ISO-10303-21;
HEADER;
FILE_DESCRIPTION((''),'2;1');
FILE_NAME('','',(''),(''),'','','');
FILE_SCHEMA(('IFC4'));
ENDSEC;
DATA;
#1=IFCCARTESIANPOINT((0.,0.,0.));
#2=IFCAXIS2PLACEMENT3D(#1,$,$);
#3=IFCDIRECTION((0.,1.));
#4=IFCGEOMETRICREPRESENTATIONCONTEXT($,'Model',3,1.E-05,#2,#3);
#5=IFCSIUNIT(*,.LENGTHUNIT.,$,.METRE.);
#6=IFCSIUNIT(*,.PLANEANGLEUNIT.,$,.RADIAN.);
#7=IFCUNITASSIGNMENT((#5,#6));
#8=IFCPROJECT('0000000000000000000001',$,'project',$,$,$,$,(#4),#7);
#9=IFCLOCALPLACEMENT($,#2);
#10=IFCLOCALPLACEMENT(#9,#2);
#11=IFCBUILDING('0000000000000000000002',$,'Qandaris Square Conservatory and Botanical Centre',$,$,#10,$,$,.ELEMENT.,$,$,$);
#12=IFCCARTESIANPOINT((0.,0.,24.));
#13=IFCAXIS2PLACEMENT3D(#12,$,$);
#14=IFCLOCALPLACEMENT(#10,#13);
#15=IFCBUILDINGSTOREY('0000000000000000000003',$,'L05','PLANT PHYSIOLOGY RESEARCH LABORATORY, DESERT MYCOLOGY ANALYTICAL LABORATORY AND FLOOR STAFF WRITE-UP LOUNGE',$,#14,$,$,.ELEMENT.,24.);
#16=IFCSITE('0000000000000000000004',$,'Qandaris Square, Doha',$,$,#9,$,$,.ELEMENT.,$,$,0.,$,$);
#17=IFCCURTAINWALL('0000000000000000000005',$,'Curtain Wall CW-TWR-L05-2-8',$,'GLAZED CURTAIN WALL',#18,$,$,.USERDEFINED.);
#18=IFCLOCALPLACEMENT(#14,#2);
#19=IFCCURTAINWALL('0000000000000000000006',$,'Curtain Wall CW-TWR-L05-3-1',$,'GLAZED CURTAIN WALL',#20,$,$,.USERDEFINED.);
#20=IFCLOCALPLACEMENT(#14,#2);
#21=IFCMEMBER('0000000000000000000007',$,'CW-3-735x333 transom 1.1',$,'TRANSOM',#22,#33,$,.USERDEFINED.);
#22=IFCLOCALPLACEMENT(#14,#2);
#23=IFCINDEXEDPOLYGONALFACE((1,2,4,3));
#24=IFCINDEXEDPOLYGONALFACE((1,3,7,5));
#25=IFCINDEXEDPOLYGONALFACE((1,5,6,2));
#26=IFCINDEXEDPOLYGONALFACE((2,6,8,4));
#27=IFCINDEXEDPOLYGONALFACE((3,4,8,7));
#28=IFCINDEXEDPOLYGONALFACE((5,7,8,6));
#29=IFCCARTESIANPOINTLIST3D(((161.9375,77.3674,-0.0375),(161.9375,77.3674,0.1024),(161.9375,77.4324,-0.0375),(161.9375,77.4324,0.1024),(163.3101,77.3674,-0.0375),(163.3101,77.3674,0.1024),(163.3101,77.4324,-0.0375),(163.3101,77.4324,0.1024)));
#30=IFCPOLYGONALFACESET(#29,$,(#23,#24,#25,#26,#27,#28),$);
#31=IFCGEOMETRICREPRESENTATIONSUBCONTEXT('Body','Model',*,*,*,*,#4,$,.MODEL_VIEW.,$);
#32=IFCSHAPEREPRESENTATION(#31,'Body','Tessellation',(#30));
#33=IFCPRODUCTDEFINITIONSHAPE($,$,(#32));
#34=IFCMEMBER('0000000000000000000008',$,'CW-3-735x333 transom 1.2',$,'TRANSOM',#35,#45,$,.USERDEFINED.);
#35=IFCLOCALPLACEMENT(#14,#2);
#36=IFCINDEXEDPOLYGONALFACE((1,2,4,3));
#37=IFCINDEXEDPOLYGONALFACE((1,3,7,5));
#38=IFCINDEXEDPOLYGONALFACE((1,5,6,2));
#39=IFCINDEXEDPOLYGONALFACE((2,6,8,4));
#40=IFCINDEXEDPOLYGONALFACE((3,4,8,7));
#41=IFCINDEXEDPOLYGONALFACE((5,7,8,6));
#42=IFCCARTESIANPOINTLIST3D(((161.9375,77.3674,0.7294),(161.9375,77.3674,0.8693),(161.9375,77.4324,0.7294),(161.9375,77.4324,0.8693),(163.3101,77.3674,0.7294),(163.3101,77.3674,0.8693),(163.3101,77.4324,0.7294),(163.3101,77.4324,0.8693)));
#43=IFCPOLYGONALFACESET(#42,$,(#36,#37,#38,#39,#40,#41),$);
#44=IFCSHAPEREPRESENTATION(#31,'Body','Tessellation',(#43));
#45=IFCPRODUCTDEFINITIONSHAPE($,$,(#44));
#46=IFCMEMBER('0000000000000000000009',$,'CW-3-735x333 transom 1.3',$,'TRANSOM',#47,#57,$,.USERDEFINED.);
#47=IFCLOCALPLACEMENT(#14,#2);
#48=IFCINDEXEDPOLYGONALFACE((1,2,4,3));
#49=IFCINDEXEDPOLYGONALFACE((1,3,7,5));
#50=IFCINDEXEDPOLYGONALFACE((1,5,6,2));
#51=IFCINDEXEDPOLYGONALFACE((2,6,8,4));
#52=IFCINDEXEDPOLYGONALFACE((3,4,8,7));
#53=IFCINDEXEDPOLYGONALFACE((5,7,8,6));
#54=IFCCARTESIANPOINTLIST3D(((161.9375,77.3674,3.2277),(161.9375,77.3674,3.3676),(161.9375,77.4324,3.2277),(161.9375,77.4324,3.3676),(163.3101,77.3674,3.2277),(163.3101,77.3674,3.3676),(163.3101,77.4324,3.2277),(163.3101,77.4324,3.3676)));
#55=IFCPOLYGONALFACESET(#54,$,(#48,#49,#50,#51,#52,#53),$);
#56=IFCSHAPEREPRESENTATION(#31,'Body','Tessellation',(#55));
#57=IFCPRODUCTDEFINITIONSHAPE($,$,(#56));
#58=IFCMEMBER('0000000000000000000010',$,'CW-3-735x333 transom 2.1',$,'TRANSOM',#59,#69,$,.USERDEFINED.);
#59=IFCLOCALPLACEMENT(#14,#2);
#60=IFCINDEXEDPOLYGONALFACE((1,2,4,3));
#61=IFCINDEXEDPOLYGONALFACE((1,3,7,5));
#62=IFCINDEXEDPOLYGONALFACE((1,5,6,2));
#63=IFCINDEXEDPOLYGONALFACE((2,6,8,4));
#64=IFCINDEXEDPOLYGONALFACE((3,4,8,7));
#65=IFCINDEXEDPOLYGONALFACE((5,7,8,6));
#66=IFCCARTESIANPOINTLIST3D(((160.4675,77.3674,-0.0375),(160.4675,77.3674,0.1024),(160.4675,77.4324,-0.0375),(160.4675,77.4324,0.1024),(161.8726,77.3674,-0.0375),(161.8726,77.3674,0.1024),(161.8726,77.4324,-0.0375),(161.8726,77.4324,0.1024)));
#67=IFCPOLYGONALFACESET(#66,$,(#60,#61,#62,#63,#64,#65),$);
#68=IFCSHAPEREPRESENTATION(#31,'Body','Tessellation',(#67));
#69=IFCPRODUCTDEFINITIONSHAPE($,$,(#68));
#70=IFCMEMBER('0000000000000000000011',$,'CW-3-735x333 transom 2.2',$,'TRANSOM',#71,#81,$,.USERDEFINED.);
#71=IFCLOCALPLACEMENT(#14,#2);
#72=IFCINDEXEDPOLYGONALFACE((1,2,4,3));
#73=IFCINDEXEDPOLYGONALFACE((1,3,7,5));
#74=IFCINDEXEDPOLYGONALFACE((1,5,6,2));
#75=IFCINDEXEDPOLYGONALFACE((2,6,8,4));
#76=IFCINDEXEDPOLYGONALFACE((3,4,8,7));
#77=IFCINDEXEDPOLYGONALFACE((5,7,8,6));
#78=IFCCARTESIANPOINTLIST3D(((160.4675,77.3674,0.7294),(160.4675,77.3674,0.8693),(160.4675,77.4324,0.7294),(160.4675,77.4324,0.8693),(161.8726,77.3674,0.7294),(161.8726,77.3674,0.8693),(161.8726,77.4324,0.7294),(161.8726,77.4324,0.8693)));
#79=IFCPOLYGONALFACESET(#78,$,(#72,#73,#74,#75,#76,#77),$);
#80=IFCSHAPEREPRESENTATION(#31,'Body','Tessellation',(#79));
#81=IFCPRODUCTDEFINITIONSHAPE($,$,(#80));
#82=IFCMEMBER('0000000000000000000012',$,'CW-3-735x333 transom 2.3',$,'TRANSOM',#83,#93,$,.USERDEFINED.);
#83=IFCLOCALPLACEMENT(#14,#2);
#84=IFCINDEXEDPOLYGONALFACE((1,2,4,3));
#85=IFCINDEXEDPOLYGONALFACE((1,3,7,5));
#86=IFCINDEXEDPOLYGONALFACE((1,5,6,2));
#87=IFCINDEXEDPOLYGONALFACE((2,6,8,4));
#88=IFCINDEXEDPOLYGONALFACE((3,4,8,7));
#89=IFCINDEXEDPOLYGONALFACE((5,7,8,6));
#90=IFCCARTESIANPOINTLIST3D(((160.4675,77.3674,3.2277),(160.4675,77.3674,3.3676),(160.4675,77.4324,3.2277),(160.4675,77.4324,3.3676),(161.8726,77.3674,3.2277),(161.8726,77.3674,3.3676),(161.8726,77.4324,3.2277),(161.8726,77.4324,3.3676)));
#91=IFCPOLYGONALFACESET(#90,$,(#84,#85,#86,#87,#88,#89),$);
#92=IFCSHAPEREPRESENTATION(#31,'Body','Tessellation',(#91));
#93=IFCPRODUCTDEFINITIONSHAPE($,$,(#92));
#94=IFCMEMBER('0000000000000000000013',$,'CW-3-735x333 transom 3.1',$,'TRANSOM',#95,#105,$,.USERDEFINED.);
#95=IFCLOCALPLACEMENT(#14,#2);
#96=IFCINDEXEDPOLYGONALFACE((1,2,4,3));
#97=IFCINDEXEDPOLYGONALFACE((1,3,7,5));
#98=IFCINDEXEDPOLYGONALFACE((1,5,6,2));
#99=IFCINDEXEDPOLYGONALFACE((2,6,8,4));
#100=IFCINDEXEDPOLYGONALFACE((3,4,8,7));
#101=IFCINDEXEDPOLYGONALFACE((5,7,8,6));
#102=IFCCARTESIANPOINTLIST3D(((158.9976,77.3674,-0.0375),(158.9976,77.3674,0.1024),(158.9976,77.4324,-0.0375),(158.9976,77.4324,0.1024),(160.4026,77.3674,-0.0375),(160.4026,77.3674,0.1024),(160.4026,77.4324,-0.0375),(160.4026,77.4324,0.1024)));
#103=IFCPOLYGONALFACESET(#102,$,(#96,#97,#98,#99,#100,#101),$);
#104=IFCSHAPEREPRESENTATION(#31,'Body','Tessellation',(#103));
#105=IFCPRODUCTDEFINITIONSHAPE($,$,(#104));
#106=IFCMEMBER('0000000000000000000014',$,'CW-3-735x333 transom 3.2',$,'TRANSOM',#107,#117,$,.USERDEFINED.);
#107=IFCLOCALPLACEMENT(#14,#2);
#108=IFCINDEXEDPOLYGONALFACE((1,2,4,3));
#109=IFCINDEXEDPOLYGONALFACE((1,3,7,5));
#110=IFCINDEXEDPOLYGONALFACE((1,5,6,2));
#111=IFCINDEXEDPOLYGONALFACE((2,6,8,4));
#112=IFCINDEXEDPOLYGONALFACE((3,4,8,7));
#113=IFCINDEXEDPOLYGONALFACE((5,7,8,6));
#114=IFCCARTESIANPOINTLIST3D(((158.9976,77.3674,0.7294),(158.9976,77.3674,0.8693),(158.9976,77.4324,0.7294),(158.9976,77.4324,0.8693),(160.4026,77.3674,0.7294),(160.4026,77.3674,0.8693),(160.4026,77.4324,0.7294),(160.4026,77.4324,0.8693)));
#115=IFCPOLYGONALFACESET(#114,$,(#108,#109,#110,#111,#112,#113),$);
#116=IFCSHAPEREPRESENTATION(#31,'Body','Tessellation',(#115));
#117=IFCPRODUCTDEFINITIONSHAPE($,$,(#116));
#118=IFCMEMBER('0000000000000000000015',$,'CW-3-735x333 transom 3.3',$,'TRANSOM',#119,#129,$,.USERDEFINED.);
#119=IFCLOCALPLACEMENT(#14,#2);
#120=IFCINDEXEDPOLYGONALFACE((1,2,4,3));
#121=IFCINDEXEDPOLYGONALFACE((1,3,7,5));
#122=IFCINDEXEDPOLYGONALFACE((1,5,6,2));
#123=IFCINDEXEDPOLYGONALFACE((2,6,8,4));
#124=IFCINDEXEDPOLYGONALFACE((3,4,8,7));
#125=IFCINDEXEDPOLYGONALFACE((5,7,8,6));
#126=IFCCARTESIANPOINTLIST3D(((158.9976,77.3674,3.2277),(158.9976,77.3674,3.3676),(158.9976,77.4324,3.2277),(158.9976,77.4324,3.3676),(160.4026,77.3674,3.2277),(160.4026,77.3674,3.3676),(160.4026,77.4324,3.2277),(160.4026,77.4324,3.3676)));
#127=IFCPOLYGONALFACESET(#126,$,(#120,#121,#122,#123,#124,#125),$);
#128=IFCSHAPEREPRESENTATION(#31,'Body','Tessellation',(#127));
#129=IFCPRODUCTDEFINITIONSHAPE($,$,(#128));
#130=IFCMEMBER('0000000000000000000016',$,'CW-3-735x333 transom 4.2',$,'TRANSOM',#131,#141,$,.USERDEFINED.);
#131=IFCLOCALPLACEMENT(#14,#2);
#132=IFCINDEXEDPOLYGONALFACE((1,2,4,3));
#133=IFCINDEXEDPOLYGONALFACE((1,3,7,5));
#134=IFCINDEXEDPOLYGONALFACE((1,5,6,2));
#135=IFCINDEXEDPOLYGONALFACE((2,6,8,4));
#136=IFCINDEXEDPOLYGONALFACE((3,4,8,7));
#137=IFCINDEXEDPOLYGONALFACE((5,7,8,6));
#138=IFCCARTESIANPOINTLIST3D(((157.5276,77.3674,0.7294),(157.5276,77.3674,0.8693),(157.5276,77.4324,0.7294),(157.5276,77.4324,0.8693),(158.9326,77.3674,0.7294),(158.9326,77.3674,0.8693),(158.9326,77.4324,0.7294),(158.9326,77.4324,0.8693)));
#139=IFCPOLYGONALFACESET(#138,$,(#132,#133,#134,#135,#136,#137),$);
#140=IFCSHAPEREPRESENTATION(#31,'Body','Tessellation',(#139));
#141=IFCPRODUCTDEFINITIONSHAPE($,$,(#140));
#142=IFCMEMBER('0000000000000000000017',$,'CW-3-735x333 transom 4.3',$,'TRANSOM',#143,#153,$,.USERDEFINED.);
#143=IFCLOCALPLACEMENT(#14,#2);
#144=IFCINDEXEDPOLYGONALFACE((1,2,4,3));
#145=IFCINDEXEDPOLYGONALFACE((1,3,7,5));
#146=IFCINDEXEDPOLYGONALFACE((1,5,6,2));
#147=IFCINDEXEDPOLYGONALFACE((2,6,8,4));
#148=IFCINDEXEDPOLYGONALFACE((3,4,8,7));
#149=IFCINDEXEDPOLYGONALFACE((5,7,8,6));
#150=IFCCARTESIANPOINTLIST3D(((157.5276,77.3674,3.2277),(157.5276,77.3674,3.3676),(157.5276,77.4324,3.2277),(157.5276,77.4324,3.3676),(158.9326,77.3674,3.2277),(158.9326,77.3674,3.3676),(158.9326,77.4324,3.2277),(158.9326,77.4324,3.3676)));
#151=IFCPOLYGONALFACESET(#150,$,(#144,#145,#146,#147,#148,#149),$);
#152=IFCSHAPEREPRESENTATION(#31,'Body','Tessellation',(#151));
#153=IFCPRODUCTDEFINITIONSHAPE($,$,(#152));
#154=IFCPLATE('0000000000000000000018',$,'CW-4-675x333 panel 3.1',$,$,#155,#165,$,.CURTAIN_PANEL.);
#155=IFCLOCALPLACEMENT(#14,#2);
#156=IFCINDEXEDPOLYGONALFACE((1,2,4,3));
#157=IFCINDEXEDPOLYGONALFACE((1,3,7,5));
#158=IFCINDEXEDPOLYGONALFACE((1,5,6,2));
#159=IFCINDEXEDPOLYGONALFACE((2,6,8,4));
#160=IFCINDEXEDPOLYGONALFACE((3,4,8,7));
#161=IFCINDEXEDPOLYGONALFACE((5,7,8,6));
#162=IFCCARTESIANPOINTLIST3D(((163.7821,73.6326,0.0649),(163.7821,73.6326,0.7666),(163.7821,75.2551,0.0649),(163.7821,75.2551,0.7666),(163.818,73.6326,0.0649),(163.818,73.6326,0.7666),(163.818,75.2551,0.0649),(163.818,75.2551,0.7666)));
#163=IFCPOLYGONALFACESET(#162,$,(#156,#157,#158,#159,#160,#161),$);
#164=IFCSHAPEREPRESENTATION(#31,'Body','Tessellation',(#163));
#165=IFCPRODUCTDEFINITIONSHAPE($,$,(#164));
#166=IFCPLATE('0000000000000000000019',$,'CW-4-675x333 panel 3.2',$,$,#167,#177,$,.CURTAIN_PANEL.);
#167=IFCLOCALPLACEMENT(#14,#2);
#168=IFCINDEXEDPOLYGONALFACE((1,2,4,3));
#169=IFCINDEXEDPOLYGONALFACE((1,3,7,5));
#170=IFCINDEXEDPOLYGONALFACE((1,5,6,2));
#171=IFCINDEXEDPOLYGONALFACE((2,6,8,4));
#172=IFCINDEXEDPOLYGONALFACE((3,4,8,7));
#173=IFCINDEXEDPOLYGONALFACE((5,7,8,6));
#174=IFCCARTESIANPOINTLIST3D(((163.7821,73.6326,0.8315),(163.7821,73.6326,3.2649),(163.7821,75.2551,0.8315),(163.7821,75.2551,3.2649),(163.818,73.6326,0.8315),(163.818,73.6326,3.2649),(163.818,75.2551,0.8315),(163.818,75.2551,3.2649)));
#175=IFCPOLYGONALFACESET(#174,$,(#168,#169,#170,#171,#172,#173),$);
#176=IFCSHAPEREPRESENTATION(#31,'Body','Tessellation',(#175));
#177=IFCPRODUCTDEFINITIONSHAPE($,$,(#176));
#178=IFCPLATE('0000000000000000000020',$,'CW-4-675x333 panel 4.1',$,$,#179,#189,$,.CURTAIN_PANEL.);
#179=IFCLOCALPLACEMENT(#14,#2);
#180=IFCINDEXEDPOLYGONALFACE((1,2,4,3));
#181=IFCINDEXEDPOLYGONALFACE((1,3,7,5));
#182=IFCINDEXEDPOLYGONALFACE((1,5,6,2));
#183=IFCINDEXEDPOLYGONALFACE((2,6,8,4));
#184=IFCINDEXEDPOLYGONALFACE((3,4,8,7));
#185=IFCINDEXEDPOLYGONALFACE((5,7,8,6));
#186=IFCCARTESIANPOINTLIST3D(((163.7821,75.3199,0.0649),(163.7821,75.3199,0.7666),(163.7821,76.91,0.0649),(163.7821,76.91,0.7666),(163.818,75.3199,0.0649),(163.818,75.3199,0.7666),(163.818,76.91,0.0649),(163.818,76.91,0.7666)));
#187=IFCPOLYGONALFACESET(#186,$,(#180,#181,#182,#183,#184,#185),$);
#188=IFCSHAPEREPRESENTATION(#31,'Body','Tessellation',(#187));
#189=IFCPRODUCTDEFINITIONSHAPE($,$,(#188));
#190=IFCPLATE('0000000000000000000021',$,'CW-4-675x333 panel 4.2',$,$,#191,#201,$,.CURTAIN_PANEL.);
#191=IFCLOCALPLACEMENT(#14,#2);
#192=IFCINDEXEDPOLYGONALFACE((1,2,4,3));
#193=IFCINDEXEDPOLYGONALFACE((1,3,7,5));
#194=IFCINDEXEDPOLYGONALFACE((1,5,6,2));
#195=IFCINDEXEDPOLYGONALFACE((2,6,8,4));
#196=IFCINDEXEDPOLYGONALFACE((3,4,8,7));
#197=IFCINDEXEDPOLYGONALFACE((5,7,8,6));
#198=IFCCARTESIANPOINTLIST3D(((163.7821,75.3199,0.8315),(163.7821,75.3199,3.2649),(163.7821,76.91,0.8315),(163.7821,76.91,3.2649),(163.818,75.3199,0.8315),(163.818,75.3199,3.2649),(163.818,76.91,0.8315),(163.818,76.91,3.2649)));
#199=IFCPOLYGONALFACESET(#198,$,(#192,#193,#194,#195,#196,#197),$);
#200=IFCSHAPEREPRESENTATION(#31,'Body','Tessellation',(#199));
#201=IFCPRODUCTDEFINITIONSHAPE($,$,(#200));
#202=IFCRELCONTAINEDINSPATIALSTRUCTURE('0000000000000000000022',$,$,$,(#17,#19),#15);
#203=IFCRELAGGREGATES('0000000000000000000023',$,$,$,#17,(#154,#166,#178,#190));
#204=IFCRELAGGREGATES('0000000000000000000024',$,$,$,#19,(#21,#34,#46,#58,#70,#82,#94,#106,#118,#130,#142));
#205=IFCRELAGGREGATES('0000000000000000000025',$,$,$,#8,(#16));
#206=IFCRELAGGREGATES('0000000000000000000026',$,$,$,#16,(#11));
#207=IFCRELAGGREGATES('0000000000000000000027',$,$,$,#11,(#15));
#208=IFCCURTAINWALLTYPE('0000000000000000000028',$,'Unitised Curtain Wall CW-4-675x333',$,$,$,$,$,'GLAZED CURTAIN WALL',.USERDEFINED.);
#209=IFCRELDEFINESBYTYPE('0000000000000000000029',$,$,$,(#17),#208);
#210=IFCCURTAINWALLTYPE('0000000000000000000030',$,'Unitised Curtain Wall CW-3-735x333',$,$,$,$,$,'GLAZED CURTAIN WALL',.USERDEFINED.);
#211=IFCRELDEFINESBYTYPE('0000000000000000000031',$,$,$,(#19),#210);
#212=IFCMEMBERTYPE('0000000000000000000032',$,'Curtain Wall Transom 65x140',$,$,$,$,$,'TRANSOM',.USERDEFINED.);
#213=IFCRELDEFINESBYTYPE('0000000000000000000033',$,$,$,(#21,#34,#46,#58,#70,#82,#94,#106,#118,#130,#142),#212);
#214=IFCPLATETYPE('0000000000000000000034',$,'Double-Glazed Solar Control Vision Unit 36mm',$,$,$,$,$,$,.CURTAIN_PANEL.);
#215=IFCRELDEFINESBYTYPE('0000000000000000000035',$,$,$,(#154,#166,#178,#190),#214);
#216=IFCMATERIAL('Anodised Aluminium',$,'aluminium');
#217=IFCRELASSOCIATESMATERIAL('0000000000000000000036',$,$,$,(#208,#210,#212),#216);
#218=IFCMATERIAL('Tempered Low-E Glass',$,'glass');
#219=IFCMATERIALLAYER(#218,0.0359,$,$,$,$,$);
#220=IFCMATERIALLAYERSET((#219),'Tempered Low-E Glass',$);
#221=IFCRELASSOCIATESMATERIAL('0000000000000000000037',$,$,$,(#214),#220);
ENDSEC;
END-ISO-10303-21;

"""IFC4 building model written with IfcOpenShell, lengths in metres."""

from ifc_helpers import new_model, si_unit, direction, frame, origin, origin_2d, place, context, subcontext, project, spatial, rectangle, extrude, material, layer, layer_set, material_profile, profile_set, type_object, element, aggregate, save


model = new_model("IFC4")

# Units and contexts
model_context = context("Model", 3, precision=1e-05, world=origin(), true_north=direction((0.0, 1.0)))
body_context = subcontext(model_context, "Body", "Model", "MODEL_VIEW")
ifc_project = project(units=[si_unit("LENGTHUNIT", "METRE"), si_unit("PLANEANGLEUNIT", "RADIAN")], contexts=[model_context])

# Site, building, storey
site_placement = place(None, origin())
site = spatial("IfcSite", under=ifc_project, at=site_placement, Name="Qandaris Square, Doha", CompositionType="ELEMENT", RefElevation=0.0)
building_placement = place(site_placement, origin())
building = spatial("IfcBuilding", under=site, at=building_placement, Name="Qandaris Square Conservatory and Botanical Centre", CompositionType="ELEMENT")
storey_placement = place(building_placement, frame((0.0, 0.0, 24.0)))
storey = spatial("IfcBuildingStorey", under=building, at=storey_placement, Name="L05", Description="PLANT PHYSIOLOGY RESEARCH LABORATORY, DESERT MYCOLOGY ANALYTICAL LABORATORY AND FLOOR STAFF WRITE-UP LOUNGE", CompositionType="ELEMENT", Elevation=24.0)

# Curtain walls
ifc_material_1 = material(Name="Anodised Aluminium", Category="aluminium")
curtain_wall_type_1 = type_object("IfcCurtainWallType", Name="Unitised Curtain Wall CW-4-675x333", ElementType="GLAZED CURTAIN WALL", PredefinedType="USERDEFINED", material=ifc_material_1)
curtain_wall_1_placement = place(storey_placement, origin())
curtain_wall_1 = element("IfcCurtainWall", 1, at=curtain_wall_1_placement, inside=storey, type_object=curtain_wall_type_1, Name="Curtain Wall CW-TWR-L05-2-8", ObjectType="GLAZED CURTAIN WALL", PredefinedType="USERDEFINED")
curtain_wall_type_2 = type_object("IfcCurtainWallType", Name="Unitised Curtain Wall CW-3-735x333", ElementType="GLAZED CURTAIN WALL", PredefinedType="USERDEFINED", material=ifc_material_1)
curtain_wall_2_placement = place(storey_placement, origin())
curtain_wall_2 = element("IfcCurtainWall", 2, at=curtain_wall_2_placement, inside=storey, type_object=curtain_wall_type_2, Name="Curtain Wall CW-TWR-L05-3-1", ObjectType="GLAZED CURTAIN WALL", PredefinedType="USERDEFINED")

# Members
ifc_material_profile_1 = material_profile(ifc_material_1, rectangle(XDim=0.0649, YDim=0.1399, at=origin_2d()), Name="ALU-TRN 65x140")
ifc_profile_set_1 = profile_set([ifc_material_profile_1], Name="Anodised Aluminium")
member_type_1 = type_object("IfcMemberType", Name="Curtain Wall Transom 65x140", ElementType="TRANSOM", PredefinedType="USERDEFINED", material=ifc_profile_set_1)
member_1_placement = place(storey_placement, frame((163.3101, 77.3999, 0.0325), z_axis=(-1.0, 0.0, 0.0), x_axis=(0.0, -1.0, 0.0)))
member_1 = element("IfcMember", 3, at=member_1_placement, type_object=member_type_1, Name="CW-3-735x333 transom 1.1", ObjectType="TRANSOM", PredefinedType="USERDEFINED", context=body_context, shape_type="SweptSolid", body=[
    extrude(rectangle(XDim=0.0649, YDim=0.1399, at=origin_2d()), origin(), (0.0, 0.0, 1.0), 1.3726),
])
member_2_placement = place(storey_placement, frame((163.3101, 77.3999, 0.7993), z_axis=(-1.0, 0.0, 0.0), x_axis=(0.0, -1.0, 0.0)))
member_2 = element("IfcMember", 4, at=member_2_placement, type_object=member_type_1, Name="CW-3-735x333 transom 1.2", ObjectType="TRANSOM", PredefinedType="USERDEFINED", context=body_context, shape_type="SweptSolid", body=[
    extrude(rectangle(XDim=0.0649, YDim=0.1399, at=origin_2d()), origin(), (0.0, 0.0, 1.0), 1.3726),
])
member_3_placement = place(storey_placement, frame((163.3101, 77.3999, 3.2976), z_axis=(-1.0, 0.0, 0.0), x_axis=(0.0, -1.0, 0.0)))
member_3 = element("IfcMember", 5, at=member_3_placement, type_object=member_type_1, Name="CW-3-735x333 transom 1.3", ObjectType="TRANSOM", PredefinedType="USERDEFINED", context=body_context, shape_type="SweptSolid", body=[
    extrude(rectangle(XDim=0.0649, YDim=0.1399, at=origin_2d()), origin(), (0.0, 0.0, 1.0), 1.3726),
])
member_4_placement = place(storey_placement, frame((161.8726, 77.3999, 0.0325), z_axis=(-1.0, 0.0, 0.0), x_axis=(0.0, -1.0, 0.0)))
member_4 = element("IfcMember", 6, at=member_4_placement, type_object=member_type_1, Name="CW-3-735x333 transom 2.1", ObjectType="TRANSOM", PredefinedType="USERDEFINED", context=body_context, shape_type="SweptSolid", body=[
    extrude(rectangle(XDim=0.0649, YDim=0.1399, at=origin_2d()), origin(), (0.0, 0.0, 1.0), 1.405),
])
member_5_placement = place(storey_placement, frame((161.8726, 77.3999, 0.7993), z_axis=(-1.0, 0.0, 0.0), x_axis=(0.0, -1.0, 0.0)))
member_5 = element("IfcMember", 7, at=member_5_placement, type_object=member_type_1, Name="CW-3-735x333 transom 2.2", ObjectType="TRANSOM", PredefinedType="USERDEFINED", context=body_context, shape_type="SweptSolid", body=[
    extrude(rectangle(XDim=0.0649, YDim=0.1399, at=origin_2d()), origin(), (0.0, 0.0, 1.0), 1.405),
])
member_6_placement = place(storey_placement, frame((161.8726, 77.3999, 3.2976), z_axis=(-1.0, 0.0, 0.0), x_axis=(0.0, -1.0, 0.0)))
member_6 = element("IfcMember", 8, at=member_6_placement, type_object=member_type_1, Name="CW-3-735x333 transom 2.3", ObjectType="TRANSOM", PredefinedType="USERDEFINED", context=body_context, shape_type="SweptSolid", body=[
    extrude(rectangle(XDim=0.0649, YDim=0.1399, at=origin_2d()), origin(), (0.0, 0.0, 1.0), 1.405),
])
member_7_placement = place(storey_placement, frame((160.4026, 77.3999, 0.0325), z_axis=(-1.0, 0.0, 0.0), x_axis=(0.0, -1.0, 0.0)))
member_7 = element("IfcMember", 9, at=member_7_placement, type_object=member_type_1, Name="CW-3-735x333 transom 3.1", ObjectType="TRANSOM", PredefinedType="USERDEFINED", context=body_context, shape_type="SweptSolid", body=[
    extrude(rectangle(XDim=0.0649, YDim=0.1399, at=origin_2d()), origin(), (0.0, 0.0, 1.0), 1.405),
])
member_8_placement = place(storey_placement, frame((160.4026, 77.3999, 0.7993), z_axis=(-1.0, 0.0, 0.0), x_axis=(0.0, -1.0, 0.0)))
member_8 = element("IfcMember", 10, at=member_8_placement, type_object=member_type_1, Name="CW-3-735x333 transom 3.2", ObjectType="TRANSOM", PredefinedType="USERDEFINED", context=body_context, shape_type="SweptSolid", body=[
    extrude(rectangle(XDim=0.0649, YDim=0.1399, at=origin_2d()), origin(), (0.0, 0.0, 1.0), 1.405),
])
member_9_placement = place(storey_placement, frame((160.4026, 77.3999, 3.2976), z_axis=(-1.0, 0.0, 0.0), x_axis=(0.0, -1.0, 0.0)))
member_9 = element("IfcMember", 11, at=member_9_placement, type_object=member_type_1, Name="CW-3-735x333 transom 3.3", ObjectType="TRANSOM", PredefinedType="USERDEFINED", context=body_context, shape_type="SweptSolid", body=[
    extrude(rectangle(XDim=0.0649, YDim=0.1399, at=origin_2d()), origin(), (0.0, 0.0, 1.0), 1.405),
])
member_10_placement = place(storey_placement, frame((158.9326, 77.3999, 0.7993), z_axis=(-1.0, 0.0, 0.0), x_axis=(0.0, -1.0, 0.0)))
member_10 = element("IfcMember", 12, at=member_10_placement, type_object=member_type_1, Name="CW-3-735x333 transom 4.2", ObjectType="TRANSOM", PredefinedType="USERDEFINED", context=body_context, shape_type="SweptSolid", body=[
    extrude(rectangle(XDim=0.0649, YDim=0.1399, at=origin_2d()), origin(), (0.0, 0.0, 1.0), 1.405),
])
member_11_placement = place(storey_placement, frame((158.9326, 77.3999, 3.2976), z_axis=(-1.0, 0.0, 0.0), x_axis=(0.0, -1.0, 0.0)))
member_11 = element("IfcMember", 13, at=member_11_placement, type_object=member_type_1, Name="CW-3-735x333 transom 4.3", ObjectType="TRANSOM", PredefinedType="USERDEFINED", context=body_context, shape_type="SweptSolid", body=[
    extrude(rectangle(XDim=0.0649, YDim=0.1399, at=origin_2d()), origin(), (0.0, 0.0, 1.0), 1.405),
])

# Plates
ifc_material_2 = material(Name="Tempered Low-E Glass", Category="glass")
ifc_layer_1 = layer(ifc_material_2, 0.0359)
ifc_layer_set_1 = layer_set([ifc_layer_1], Name="Tempered Low-E Glass")
plate_type_1 = type_object("IfcPlateType", Name="Double-Glazed Solar Control Vision Unit 36mm", PredefinedType="CURTAIN_PANEL", material=ifc_layer_set_1)
plate_1_placement = place(storey_placement, frame((163.8, 74.4438, 0.0649), z_axis=(0.0, 0.0, 1.0), x_axis=(0.0, 1.0, 0.0)))
plate_1 = element("IfcPlate", 14, at=plate_1_placement, type_object=plate_type_1, Name="CW-4-675x333 panel 3.1", PredefinedType="CURTAIN_PANEL", context=body_context, shape_type="SweptSolid", body=[
    extrude(rectangle(XDim=1.6226, YDim=0.0359, at=origin_2d()), origin(), (0.0, 0.0, 1.0), 0.7017),
])
plate_2_placement = place(storey_placement, frame((163.8, 74.4438, 0.8315), z_axis=(0.0, 0.0, 1.0), x_axis=(0.0, 1.0, 0.0)))
plate_2 = element("IfcPlate", 15, at=plate_2_placement, type_object=plate_type_1, Name="CW-4-675x333 panel 3.2", PredefinedType="CURTAIN_PANEL", context=body_context, shape_type="SweptSolid", body=[
    extrude(rectangle(XDim=1.6226, YDim=0.0359, at=origin_2d()), origin(), (0.0, 0.0, 1.0), 2.4333),
])
plate_3_placement = place(storey_placement, frame((163.8, 76.115, 0.0649), z_axis=(0.0, 0.0, 1.0), x_axis=(0.0, 1.0, 0.0)))
plate_3 = element("IfcPlate", 16, at=plate_3_placement, type_object=plate_type_1, Name="CW-4-675x333 panel 4.1", PredefinedType="CURTAIN_PANEL", context=body_context, shape_type="SweptSolid", body=[
    extrude(rectangle(XDim=1.5901, YDim=0.0359, at=origin_2d()), origin(), (0.0, 0.0, 1.0), 0.7017),
])
plate_4_placement = place(storey_placement, frame((163.8, 76.115, 0.8315), z_axis=(0.0, 0.0, 1.0), x_axis=(0.0, 1.0, 0.0)))
plate_4 = element("IfcPlate", 17, at=plate_4_placement, type_object=plate_type_1, Name="CW-4-675x333 panel 4.2", PredefinedType="CURTAIN_PANEL", context=body_context, shape_type="SweptSolid", body=[
    extrude(rectangle(XDim=1.5901, YDim=0.0359, at=origin_2d()), origin(), (0.0, 0.0, 1.0), 2.4333),
])
aggregate(curtain_wall_1, [plate_1, plate_2, plate_3, plate_4])
aggregate(curtain_wall_2, [member_1, member_2, member_3, member_4, member_5, member_6, member_7, member_8, member_9, member_10, member_11])

save(model, "model.ifc")
